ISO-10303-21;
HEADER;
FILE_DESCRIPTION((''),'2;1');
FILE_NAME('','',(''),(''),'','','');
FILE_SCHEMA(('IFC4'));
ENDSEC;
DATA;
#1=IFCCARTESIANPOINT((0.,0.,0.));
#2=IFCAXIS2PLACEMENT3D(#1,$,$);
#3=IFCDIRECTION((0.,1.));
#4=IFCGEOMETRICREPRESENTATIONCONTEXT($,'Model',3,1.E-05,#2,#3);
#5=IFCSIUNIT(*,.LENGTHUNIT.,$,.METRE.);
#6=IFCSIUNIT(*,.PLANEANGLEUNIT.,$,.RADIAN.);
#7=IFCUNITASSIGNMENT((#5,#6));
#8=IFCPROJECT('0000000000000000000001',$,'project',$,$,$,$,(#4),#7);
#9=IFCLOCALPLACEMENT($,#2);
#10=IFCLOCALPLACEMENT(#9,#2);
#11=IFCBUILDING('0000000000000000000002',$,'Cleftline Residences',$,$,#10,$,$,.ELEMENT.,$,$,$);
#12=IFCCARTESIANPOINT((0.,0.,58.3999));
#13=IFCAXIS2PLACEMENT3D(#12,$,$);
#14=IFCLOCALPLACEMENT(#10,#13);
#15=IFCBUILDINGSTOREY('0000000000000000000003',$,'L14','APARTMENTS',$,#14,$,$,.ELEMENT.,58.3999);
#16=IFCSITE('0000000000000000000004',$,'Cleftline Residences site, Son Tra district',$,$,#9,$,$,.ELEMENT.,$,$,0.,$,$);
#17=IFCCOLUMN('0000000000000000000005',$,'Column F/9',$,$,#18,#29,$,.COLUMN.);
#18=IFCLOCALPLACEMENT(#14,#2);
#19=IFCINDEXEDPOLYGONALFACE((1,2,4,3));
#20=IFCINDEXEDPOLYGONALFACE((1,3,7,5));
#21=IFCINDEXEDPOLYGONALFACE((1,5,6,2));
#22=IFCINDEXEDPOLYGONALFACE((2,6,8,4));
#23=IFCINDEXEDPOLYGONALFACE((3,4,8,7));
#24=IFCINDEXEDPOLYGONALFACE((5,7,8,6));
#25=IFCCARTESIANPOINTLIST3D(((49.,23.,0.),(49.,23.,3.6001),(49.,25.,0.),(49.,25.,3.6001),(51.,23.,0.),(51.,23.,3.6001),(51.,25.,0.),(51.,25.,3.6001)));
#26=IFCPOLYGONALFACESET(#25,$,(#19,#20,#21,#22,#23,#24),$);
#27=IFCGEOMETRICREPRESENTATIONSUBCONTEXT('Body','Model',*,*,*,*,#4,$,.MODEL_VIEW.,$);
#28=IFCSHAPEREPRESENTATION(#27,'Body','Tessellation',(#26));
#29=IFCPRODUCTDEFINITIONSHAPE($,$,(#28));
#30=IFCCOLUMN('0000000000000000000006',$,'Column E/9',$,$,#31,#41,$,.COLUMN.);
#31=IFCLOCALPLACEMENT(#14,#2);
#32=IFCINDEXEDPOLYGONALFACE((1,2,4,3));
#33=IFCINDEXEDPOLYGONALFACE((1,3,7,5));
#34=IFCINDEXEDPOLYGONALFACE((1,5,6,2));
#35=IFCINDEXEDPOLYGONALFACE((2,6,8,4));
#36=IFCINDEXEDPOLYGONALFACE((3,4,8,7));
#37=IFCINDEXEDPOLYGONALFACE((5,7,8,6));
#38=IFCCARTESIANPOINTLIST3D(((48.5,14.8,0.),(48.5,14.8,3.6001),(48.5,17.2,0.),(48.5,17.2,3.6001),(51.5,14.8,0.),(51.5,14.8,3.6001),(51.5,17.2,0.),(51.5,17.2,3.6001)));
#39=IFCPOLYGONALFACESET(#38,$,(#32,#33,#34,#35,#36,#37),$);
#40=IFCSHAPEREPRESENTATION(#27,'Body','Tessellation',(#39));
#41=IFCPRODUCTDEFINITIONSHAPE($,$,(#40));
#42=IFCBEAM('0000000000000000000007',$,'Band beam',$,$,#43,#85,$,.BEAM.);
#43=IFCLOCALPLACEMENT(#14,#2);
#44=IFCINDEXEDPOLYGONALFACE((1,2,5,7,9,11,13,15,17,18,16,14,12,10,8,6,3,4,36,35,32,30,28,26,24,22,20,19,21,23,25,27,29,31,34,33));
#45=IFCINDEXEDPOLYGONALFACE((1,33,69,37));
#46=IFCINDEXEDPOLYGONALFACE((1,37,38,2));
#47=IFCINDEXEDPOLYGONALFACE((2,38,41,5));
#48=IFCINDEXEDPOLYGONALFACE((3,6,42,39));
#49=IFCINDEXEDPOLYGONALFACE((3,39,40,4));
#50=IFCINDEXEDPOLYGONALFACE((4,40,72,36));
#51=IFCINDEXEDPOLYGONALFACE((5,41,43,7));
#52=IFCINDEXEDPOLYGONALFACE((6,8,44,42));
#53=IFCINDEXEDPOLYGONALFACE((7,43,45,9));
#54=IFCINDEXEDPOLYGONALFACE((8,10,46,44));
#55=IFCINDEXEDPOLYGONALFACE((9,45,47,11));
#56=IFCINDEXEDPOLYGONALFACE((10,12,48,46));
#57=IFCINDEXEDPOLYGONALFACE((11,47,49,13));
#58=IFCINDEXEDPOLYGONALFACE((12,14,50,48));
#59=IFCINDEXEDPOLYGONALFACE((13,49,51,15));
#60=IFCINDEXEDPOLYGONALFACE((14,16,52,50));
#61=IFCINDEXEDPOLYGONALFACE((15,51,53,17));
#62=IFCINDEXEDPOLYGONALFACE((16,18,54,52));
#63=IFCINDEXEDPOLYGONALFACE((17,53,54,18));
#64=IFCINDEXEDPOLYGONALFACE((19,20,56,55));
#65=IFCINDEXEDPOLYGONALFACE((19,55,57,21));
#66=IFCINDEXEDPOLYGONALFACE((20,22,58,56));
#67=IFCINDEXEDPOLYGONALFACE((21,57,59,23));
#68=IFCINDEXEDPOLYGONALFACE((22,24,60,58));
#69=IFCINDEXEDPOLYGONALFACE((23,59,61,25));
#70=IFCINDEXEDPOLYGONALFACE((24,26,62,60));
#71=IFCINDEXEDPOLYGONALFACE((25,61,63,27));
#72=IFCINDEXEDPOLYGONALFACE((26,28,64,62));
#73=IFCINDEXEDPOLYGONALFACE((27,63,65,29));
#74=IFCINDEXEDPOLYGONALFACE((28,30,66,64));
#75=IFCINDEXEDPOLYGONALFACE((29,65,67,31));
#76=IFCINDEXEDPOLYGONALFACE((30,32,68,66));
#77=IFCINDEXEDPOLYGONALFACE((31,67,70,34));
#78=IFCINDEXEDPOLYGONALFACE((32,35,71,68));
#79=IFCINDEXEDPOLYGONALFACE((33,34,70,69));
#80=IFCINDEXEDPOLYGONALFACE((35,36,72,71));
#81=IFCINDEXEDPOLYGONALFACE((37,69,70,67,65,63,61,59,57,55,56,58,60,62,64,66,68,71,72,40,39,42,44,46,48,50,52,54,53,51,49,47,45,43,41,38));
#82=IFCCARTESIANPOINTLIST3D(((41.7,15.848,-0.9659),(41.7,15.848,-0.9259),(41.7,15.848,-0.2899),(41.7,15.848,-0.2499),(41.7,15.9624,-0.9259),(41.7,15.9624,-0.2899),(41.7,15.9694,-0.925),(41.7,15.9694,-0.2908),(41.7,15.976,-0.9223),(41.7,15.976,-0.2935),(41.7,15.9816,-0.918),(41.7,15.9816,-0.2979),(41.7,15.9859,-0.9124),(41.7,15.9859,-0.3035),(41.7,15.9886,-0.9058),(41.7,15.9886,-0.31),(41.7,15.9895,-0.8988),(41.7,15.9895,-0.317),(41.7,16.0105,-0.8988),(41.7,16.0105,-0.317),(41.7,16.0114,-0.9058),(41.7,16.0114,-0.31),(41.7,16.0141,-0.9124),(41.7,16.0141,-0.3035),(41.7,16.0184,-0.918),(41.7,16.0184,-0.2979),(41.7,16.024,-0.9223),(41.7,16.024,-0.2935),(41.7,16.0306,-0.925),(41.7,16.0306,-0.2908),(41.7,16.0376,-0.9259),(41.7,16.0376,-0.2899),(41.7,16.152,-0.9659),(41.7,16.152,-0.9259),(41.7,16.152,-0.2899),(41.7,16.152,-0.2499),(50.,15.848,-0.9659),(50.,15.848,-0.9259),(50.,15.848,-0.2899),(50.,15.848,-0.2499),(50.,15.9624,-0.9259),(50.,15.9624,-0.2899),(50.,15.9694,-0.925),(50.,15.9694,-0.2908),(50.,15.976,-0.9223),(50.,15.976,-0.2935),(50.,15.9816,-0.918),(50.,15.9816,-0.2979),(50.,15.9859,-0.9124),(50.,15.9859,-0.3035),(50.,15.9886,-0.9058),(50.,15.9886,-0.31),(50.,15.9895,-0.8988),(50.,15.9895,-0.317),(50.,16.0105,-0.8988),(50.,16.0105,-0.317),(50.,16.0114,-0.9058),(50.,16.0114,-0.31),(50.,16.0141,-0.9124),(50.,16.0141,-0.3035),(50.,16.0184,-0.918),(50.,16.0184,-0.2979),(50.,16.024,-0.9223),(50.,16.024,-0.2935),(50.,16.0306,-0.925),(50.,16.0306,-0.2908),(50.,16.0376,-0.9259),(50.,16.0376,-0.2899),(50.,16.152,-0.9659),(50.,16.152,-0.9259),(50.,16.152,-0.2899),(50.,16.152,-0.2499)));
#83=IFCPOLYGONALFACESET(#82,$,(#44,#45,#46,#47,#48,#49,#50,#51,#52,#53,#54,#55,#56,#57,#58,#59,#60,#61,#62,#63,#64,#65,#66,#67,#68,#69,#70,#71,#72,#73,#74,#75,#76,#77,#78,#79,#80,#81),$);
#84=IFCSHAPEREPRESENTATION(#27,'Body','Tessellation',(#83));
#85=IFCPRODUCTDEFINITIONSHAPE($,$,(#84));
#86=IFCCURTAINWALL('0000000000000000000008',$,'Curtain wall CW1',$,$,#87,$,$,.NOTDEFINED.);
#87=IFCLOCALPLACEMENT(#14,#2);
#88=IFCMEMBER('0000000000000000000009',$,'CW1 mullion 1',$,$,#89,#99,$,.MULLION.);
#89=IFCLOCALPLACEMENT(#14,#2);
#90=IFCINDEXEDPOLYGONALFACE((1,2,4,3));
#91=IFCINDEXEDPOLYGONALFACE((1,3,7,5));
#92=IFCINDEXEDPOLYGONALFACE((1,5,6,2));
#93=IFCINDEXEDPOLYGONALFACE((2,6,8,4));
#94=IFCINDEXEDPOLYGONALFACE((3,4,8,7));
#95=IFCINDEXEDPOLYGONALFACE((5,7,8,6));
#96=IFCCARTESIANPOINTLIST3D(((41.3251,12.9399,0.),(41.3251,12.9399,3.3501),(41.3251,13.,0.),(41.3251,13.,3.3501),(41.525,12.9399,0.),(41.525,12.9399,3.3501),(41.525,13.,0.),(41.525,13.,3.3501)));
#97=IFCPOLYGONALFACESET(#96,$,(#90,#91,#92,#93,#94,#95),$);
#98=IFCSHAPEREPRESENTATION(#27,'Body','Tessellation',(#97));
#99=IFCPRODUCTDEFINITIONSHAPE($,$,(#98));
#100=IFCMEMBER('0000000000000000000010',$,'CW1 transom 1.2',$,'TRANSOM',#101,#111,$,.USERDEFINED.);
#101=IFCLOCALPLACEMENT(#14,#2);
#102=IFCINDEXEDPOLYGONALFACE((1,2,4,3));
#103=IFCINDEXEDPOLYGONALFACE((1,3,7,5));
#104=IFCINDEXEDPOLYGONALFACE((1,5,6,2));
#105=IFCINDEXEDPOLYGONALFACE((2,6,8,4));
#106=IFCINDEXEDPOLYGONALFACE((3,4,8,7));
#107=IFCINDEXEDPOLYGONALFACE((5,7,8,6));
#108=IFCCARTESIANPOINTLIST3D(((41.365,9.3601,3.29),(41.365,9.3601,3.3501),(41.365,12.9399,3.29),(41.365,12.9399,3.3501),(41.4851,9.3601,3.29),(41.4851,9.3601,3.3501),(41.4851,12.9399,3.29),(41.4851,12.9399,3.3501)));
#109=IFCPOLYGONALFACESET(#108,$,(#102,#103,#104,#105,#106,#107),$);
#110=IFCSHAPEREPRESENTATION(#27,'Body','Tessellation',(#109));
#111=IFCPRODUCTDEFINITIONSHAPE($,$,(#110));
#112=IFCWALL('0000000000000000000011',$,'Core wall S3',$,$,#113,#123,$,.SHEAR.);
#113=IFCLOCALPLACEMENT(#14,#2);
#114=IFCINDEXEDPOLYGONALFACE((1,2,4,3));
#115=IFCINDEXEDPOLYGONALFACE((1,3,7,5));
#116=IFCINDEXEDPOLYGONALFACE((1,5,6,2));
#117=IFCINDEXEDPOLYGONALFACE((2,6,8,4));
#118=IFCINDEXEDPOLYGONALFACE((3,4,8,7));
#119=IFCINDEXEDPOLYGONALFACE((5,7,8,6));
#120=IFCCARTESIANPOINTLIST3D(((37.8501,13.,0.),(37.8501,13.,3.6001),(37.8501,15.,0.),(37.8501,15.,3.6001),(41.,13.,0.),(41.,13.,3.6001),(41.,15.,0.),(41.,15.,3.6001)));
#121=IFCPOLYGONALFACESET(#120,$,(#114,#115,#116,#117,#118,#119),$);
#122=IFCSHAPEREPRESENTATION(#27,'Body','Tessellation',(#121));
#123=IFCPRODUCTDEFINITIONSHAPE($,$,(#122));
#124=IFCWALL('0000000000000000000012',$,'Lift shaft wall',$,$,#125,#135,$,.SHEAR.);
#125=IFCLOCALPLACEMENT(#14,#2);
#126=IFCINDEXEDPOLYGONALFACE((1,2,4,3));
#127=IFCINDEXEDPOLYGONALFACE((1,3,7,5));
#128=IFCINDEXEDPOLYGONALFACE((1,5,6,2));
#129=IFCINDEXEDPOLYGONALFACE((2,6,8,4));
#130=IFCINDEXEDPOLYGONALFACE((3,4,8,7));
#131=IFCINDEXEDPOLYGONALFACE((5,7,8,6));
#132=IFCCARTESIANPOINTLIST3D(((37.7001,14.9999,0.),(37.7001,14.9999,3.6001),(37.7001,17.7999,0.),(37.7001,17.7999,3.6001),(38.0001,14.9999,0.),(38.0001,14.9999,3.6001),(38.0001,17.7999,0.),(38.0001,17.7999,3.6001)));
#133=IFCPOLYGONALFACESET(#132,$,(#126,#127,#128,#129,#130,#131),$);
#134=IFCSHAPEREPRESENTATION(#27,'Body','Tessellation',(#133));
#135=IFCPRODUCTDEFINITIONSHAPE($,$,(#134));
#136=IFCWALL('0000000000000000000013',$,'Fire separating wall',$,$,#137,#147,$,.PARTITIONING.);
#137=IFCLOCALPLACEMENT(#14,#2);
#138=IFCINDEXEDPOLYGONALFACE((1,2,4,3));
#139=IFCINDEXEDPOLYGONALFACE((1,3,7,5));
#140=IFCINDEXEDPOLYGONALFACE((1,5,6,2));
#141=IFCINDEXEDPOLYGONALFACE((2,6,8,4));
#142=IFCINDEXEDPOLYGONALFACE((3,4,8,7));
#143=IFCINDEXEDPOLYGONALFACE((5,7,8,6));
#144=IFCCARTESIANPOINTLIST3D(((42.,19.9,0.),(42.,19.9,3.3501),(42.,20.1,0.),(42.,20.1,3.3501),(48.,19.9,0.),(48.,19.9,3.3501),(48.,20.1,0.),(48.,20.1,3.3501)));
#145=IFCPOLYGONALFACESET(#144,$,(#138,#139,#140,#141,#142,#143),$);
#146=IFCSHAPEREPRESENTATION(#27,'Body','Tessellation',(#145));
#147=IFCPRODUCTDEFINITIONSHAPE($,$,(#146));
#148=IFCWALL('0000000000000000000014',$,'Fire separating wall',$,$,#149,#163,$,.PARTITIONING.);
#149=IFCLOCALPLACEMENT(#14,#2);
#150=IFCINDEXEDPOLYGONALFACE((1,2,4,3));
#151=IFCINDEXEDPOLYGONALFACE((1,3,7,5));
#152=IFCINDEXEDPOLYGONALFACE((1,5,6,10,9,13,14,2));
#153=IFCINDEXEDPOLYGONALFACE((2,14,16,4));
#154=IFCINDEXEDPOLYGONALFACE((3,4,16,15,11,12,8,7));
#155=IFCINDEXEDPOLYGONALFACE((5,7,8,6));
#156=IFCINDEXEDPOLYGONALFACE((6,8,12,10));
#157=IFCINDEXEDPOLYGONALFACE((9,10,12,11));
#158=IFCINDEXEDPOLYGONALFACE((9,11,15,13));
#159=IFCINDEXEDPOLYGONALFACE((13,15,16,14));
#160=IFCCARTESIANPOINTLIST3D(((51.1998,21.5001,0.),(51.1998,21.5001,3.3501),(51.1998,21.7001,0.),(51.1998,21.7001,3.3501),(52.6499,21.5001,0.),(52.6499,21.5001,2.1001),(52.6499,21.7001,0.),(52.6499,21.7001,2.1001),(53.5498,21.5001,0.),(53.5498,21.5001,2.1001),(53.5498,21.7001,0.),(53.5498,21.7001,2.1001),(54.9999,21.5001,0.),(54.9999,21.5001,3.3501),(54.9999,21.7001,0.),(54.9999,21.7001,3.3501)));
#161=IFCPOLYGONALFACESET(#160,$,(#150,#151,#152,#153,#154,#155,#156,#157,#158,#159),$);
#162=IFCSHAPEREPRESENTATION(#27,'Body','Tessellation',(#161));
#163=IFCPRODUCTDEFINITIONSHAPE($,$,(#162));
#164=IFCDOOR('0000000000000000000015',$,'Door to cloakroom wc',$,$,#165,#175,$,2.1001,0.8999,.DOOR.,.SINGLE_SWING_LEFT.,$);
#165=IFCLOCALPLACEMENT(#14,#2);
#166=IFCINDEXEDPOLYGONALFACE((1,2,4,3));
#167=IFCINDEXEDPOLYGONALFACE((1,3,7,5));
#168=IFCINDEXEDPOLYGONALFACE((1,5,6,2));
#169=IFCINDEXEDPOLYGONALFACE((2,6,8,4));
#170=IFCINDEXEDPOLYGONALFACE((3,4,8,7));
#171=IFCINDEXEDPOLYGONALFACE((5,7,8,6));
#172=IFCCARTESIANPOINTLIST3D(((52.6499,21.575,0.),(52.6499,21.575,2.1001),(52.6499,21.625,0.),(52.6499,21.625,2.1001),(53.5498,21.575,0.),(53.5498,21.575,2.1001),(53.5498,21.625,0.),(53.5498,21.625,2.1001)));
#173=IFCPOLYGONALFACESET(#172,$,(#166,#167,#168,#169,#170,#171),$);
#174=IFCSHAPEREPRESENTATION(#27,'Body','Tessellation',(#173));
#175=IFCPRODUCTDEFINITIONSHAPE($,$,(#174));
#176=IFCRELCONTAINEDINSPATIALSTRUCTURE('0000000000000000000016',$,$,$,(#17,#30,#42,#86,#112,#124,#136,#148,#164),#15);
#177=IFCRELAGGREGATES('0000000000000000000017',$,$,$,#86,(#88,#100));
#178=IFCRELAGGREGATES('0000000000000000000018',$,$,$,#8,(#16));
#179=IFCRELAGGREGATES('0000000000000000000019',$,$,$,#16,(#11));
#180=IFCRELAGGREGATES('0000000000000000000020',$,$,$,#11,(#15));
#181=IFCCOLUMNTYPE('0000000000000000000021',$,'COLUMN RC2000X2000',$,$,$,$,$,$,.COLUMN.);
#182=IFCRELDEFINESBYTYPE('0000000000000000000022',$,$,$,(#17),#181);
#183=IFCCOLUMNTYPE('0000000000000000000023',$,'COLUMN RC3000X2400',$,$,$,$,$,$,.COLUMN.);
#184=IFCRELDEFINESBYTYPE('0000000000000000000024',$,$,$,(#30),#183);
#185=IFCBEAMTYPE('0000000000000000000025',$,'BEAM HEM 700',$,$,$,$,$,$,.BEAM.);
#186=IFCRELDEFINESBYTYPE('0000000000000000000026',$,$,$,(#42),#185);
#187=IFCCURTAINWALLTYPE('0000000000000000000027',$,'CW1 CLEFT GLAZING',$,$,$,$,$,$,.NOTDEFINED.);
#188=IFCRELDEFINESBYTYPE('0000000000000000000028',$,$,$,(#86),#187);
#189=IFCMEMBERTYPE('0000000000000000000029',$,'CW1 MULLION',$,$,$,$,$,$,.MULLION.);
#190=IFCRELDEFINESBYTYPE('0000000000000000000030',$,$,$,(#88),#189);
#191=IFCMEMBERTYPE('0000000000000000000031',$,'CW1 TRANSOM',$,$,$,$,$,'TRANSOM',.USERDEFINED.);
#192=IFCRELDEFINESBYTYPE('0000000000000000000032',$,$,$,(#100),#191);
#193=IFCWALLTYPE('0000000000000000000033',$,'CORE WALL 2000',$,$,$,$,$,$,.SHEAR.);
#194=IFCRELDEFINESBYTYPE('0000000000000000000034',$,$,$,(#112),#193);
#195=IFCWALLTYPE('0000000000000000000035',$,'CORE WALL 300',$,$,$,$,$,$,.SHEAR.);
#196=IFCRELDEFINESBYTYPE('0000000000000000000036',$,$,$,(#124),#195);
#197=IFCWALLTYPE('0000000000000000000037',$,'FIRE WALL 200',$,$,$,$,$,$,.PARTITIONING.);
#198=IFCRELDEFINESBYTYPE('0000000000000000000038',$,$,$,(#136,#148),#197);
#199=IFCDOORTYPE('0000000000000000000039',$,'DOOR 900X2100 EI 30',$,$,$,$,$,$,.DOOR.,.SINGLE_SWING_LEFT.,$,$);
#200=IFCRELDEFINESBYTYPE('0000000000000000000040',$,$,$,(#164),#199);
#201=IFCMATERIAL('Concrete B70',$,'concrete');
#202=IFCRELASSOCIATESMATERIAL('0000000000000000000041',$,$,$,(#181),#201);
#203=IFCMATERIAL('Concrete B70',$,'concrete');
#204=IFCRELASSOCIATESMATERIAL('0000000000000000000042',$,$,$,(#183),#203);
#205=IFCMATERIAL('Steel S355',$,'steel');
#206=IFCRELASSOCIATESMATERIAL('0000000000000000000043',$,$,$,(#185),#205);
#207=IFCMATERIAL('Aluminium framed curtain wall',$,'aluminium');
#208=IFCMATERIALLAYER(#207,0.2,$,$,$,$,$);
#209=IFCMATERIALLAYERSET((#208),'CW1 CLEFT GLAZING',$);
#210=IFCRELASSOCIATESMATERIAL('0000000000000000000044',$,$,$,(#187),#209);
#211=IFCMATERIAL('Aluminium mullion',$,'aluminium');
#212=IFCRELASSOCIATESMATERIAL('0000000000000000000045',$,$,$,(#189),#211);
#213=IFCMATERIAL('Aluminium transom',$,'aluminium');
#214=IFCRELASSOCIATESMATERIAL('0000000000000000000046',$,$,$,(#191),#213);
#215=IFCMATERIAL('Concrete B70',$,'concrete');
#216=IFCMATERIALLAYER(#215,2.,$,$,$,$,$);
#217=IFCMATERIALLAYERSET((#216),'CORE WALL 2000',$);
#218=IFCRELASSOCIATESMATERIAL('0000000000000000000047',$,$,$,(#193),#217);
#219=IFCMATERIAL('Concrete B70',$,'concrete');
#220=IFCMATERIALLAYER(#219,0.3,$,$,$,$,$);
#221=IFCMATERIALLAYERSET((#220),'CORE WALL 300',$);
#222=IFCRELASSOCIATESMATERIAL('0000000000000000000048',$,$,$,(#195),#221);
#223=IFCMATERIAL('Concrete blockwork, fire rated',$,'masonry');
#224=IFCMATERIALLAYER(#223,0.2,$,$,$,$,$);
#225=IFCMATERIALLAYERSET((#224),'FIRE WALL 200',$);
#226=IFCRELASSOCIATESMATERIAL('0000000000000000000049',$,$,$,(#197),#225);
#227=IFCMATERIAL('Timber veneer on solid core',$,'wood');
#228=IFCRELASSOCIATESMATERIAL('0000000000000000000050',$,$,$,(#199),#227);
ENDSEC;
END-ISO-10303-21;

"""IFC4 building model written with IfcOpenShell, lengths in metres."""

from ifc_helpers import new_model, si_unit, direction, frame, frame_2d, origin, origin_2d, place, context, subcontext, project, spatial, rectangle, i_section, extrude, material, layer, layer_set, material_profile, profile_set, type_object, element, fill, aggregate, save


model = new_model("IFC4")

# Units and contexts
model_context = context("Model", 3, precision=1e-05, world=origin(), true_north=direction((0.0, 1.0)))
body_context = subcontext(model_context, "Body", "Model", "MODEL_VIEW")
ifc_project = project(units=[si_unit("LENGTHUNIT", "METRE"), si_unit("PLANEANGLEUNIT", "RADIAN")], contexts=[model_context])

# Site, building, storey
site_placement = place(None, origin())
site = spatial("IfcSite", under=ifc_project, at=site_placement, Name="Cleftline Residences site, Son Tra district", CompositionType="ELEMENT", RefElevation=0.0)
building_placement = place(site_placement, origin())
building = spatial("IfcBuilding", under=site, at=building_placement, Name="Cleftline Residences", CompositionType="ELEMENT")
storey_placement = place(building_placement, frame((0.0, 0.0, 58.3999)))
storey = spatial("IfcBuildingStorey", under=building, at=storey_placement, Name="L14", Description="APARTMENTS", CompositionType="ELEMENT", Elevation=58.3999)

# Columns
ifc_material_1 = material(Name="Concrete B70", Category="concrete")
ifc_material_profile_1 = material_profile(ifc_material_1, rectangle(XDim=2.0, YDim=2.0, at=origin_2d()))
ifc_profile_set_1 = profile_set([ifc_material_profile_1], Name="Concrete B70")
column_type_1 = type_object("IfcColumnType", Name="COLUMN RC2000X2000", PredefinedType="COLUMN", material=ifc_profile_set_1)
column_1_placement = place(storey_placement, frame((50.0, 24.0, 0.0), z_axis=(0.0, 0.0, 1.0), x_axis=(1.0, 0.0, 0.0)))
element("IfcColumn", 1, at=column_1_placement, inside=storey, type_object=column_type_1, Name="Column F/9", PredefinedType="COLUMN", context=body_context, shape_type="SweptSolid", body=[
    extrude(rectangle(XDim=2.0, YDim=2.0, at=origin_2d()), origin(), (0.0, 0.0, 1.0), 3.6001),
])
ifc_material_2 = material(Name="Concrete B70", Category="concrete")
ifc_material_profile_2 = material_profile(ifc_material_2, rectangle(XDim=3.0, YDim=2.3999, at=origin_2d()))
ifc_profile_set_2 = profile_set([ifc_material_profile_2], Name="Concrete B70")
column_type_2 = type_object("IfcColumnType", Name="COLUMN RC3000X2400", PredefinedType="COLUMN", material=ifc_profile_set_2)
column_2_placement = place(storey_placement, frame((50.0, 16.0, 0.0), z_axis=(0.0, 0.0, 1.0), x_axis=(1.0, 0.0, 0.0)))
element("IfcColumn", 2, at=column_2_placement, inside=storey, type_object=column_type_2, Name="Column E/9", PredefinedType="COLUMN", context=body_context, shape_type="SweptSolid", body=[
    extrude(rectangle(XDim=3.0, YDim=2.3999, at=origin_2d()), origin(), (0.0, 0.0, 1.0), 3.6001),
])

# Beam
ifc_material_3 = material(Name="Steel S355", Category="steel")
ifc_material_profile_3 = material_profile(ifc_material_3, i_section(OverallWidth=0.304, OverallDepth=0.7161, WebThickness=0.021, FlangeThickness=0.04, FilletRadius=0.0271, at=origin_2d()))
ifc_profile_set_3 = profile_set([ifc_material_profile_3], Name="Steel S355")
beam_type = type_object("IfcBeamType", Name="BEAM HEM 700", PredefinedType="BEAM", material=ifc_profile_set_3)
beam_placement = place(storey_placement, frame((50.0, 16.0, -0.6079), z_axis=(-1.0, 0.0, 0.0), x_axis=(0.0, -1.0, 0.0)))
element("IfcBeam", 3, at=beam_placement, inside=storey, type_object=beam_type, Name="Band beam", PredefinedType="BEAM", context=body_context, shape_type="SweptSolid", body=[
    extrude(i_section(OverallWidth=0.304, OverallDepth=0.7161, WebThickness=0.021, FlangeThickness=0.04, FilletRadius=0.0271, at=origin_2d()), origin(), (0.0, 0.0, 1.0), 8.3),
])

# Curtain wall, members
ifc_material_4 = material(Name="Aluminium framed curtain wall", Category="aluminium")
ifc_layer_1 = layer(ifc_material_4, 0.2)
ifc_layer_set_1 = layer_set([ifc_layer_1], Name="CW1 CLEFT GLAZING")
curtain_wall_type = type_object("IfcCurtainWallType", Name="CW1 CLEFT GLAZING", PredefinedType="NOTDEFINED", material=ifc_layer_set_1)
curtain_wall_placement = place(storey_placement, origin())
curtain_wall = element("IfcCurtainWall", 4, at=curtain_wall_placement, inside=storey, type_object=curtain_wall_type, Name="Curtain wall CW1", PredefinedType="NOTDEFINED")
ifc_material_5 = material(Name="Aluminium mullion", Category="aluminium")
ifc_material_profile_4 = material_profile(ifc_material_5, rectangle(XDim=0.2, YDim=0.0601, at=origin_2d()))
ifc_profile_set_4 = profile_set([ifc_material_profile_4], Name="Aluminium mullion")
member_type_1 = type_object("IfcMemberType", Name="CW1 MULLION", PredefinedType="MULLION", material=ifc_profile_set_4)
member_1_placement = place(storey_placement, frame((41.425, 12.97, 0.0), z_axis=(0.0, 0.0, 1.0), x_axis=(1.0, 0.0, 0.0)))
member_1 = element("IfcMember", 5, at=member_1_placement, type_object=member_type_1, Name="CW1 mullion 1", PredefinedType="MULLION", context=body_context, shape_type="SweptSolid", body=[
    extrude(rectangle(XDim=0.2, YDim=0.0601, at=origin_2d()), origin(), (0.0, 0.0, 1.0), 3.3501),
])
ifc_material_6 = material(Name="Aluminium transom", Category="aluminium")
ifc_material_profile_5 = material_profile(ifc_material_6, rectangle(XDim=0.1201, YDim=0.0601, at=origin_2d()))
ifc_profile_set_5 = profile_set([ifc_material_profile_5], Name="Aluminium transom")
member_type_2 = type_object("IfcMemberType", Name="CW1 TRANSOM", ElementType="TRANSOM", PredefinedType="USERDEFINED", material=ifc_profile_set_5)
member_2_placement = place(storey_placement, frame((41.425, 12.9399, 3.3201), z_axis=(0.0, -1.0, 0.0), x_axis=(1.0, 0.0, 0.0)))
member_2 = element("IfcMember", 6, at=member_2_placement, type_object=member_type_2, Name="CW1 transom 1.2", ObjectType="TRANSOM", PredefinedType="USERDEFINED", context=body_context, shape_type="SweptSolid", body=[
    extrude(rectangle(XDim=0.1201, YDim=0.0601, at=origin_2d()), origin(), (0.0, 0.0, 1.0), 3.5798),
])
aggregate(curtain_wall, [member_1, member_2])

# Walls
ifc_material_7 = material(Name="Concrete B70", Category="concrete")
ifc_layer_2 = layer(ifc_material_7, 2.0)
ifc_layer_set_2 = layer_set([ifc_layer_2], Name="CORE WALL 2000")
wall_type_1 = type_object("IfcWallType", Name="CORE WALL 2000", PredefinedType="SHEAR", material=ifc_layer_set_2)
wall_1_placement = place(storey_placement, frame((37.8501, 14.0, 0.0), z_axis=(0.0, 0.0, 1.0), x_axis=(1.0, 0.0, 0.0)))
element("IfcWall", 7, at=wall_1_placement, inside=storey, type_object=wall_type_1, Name="Core wall S3", PredefinedType="SHEAR", context=body_context, shape_type="SweptSolid", body=[
    extrude(rectangle(XDim=3.1499, YDim=2.0, at=frame_2d((1.575, 0.0))), origin(), (0.0, 0.0, 1.0), 3.6001),
])
ifc_material_8 = material(Name="Concrete B70", Category="concrete")
ifc_layer_3 = layer(ifc_material_8, 0.3)
ifc_layer_set_3 = layer_set([ifc_layer_3], Name="CORE WALL 300")
wall_type_2 = type_object("IfcWallType", Name="CORE WALL 300", PredefinedType="SHEAR", material=ifc_layer_set_3)
wall_2_placement = place(storey_placement, frame((37.8501, 15.0, 0.0), z_axis=(0.0, 0.0, 1.0), x_axis=(0.0, 1.0, 0.0)))
element("IfcWall", 8, at=wall_2_placement, inside=storey, type_object=wall_type_2, Name="Lift shaft wall", PredefinedType="SHEAR", context=body_context, shape_type="SweptSolid", body=[
    extrude(rectangle(XDim=2.8, YDim=0.3, at=frame_2d((1.3999, 0.0))), origin(), (0.0, 0.0, 1.0), 3.6001),
])
ifc_material_9 = material(Name="Concrete blockwork, fire rated", Category="masonry")
ifc_layer_4 = layer(ifc_material_9, 0.2)
ifc_layer_set_4 = layer_set([ifc_layer_4], Name="FIRE WALL 200")
wall_type_3 = type_object("IfcWallType", Name="FIRE WALL 200", PredefinedType="PARTITIONING", material=ifc_layer_set_4)
wall_3_placement = place(storey_placement, frame((42.0, 20.0, 0.0), z_axis=(0.0, 0.0, 1.0), x_axis=(1.0, 0.0, 0.0)))
element("IfcWall", 9, at=wall_3_placement, inside=storey, type_object=wall_type_3, Name="Fire separating wall", PredefinedType="PARTITIONING", context=body_context, shape_type="SweptSolid", body=[
    extrude(rectangle(XDim=6.0, YDim=0.2, at=frame_2d((3.0, 0.0))), origin(), (0.0, 0.0, 1.0), 3.3501),
])

# Wall, opening, door
wall_4_placement = place(storey_placement, frame((51.2, 21.6001, 0.0), z_axis=(0.0, 0.0, 1.0), x_axis=(1.0, 0.0, 0.0)))
wall_4 = element("IfcWall", 10, at=wall_4_placement, inside=storey, type_object=wall_type_3, Name="Fire separating wall", PredefinedType="PARTITIONING", context=body_context, shape_type="SweptSolid", body=[
    extrude(rectangle(XDim=3.8, YDim=0.2, at=frame_2d((1.8999, 0.0))), origin(), (0.0, 0.0, 1.0), 3.3501),
])
opening_1_placement = place(wall_4_placement, frame((1.45, 0.0, 0.0)))
opening_1 = element("IfcOpeningElement", 11, at=opening_1_placement, cuts=wall_4, PredefinedType="OPENING", context=body_context, shape_type="SweptSolid", body=[
    extrude(rectangle(XDim=0.8999, YDim=2.1001, at=frame_2d((0.45, 1.05))), frame((0.0, 0.1099, 0.0), z_axis=(0.0, -1.0, 0.0), x_axis=(1.0, 0.0, 0.0)), (0.0, 0.0, 1.0), 0.22),
])
ifc_material_10 = material(Name="Timber veneer on solid core", Category="wood")
door_type_1 = type_object("IfcDoorType", Name="DOOR 900X2100 EI 30", OperationType="SINGLE_SWING_LEFT", PredefinedType="DOOR", material=ifc_material_10)
door_1_placement = place(opening_1_placement, origin())
door_1 = element("IfcDoor", 12, at=door_1_placement, inside=storey, type_object=door_type_1, Name="Door to cloakroom wc", OperationType="SINGLE_SWING_LEFT", OverallHeight=2.1001, OverallWidth=0.8999, PredefinedType="DOOR", context=body_context, shape_type="SweptSolid", body=[
    extrude(rectangle(XDim=0.8999, YDim=2.1001, at=frame_2d((0.45, 1.05))), frame((0.0, 0.0249, 0.0), z_axis=(0.0, -1.0, 0.0), x_axis=(1.0, 0.0, 0.0)), (0.0, 0.0, 1.0), 0.05),
])
fill(opening_1, door_1)

save(model, "model.ifc")
